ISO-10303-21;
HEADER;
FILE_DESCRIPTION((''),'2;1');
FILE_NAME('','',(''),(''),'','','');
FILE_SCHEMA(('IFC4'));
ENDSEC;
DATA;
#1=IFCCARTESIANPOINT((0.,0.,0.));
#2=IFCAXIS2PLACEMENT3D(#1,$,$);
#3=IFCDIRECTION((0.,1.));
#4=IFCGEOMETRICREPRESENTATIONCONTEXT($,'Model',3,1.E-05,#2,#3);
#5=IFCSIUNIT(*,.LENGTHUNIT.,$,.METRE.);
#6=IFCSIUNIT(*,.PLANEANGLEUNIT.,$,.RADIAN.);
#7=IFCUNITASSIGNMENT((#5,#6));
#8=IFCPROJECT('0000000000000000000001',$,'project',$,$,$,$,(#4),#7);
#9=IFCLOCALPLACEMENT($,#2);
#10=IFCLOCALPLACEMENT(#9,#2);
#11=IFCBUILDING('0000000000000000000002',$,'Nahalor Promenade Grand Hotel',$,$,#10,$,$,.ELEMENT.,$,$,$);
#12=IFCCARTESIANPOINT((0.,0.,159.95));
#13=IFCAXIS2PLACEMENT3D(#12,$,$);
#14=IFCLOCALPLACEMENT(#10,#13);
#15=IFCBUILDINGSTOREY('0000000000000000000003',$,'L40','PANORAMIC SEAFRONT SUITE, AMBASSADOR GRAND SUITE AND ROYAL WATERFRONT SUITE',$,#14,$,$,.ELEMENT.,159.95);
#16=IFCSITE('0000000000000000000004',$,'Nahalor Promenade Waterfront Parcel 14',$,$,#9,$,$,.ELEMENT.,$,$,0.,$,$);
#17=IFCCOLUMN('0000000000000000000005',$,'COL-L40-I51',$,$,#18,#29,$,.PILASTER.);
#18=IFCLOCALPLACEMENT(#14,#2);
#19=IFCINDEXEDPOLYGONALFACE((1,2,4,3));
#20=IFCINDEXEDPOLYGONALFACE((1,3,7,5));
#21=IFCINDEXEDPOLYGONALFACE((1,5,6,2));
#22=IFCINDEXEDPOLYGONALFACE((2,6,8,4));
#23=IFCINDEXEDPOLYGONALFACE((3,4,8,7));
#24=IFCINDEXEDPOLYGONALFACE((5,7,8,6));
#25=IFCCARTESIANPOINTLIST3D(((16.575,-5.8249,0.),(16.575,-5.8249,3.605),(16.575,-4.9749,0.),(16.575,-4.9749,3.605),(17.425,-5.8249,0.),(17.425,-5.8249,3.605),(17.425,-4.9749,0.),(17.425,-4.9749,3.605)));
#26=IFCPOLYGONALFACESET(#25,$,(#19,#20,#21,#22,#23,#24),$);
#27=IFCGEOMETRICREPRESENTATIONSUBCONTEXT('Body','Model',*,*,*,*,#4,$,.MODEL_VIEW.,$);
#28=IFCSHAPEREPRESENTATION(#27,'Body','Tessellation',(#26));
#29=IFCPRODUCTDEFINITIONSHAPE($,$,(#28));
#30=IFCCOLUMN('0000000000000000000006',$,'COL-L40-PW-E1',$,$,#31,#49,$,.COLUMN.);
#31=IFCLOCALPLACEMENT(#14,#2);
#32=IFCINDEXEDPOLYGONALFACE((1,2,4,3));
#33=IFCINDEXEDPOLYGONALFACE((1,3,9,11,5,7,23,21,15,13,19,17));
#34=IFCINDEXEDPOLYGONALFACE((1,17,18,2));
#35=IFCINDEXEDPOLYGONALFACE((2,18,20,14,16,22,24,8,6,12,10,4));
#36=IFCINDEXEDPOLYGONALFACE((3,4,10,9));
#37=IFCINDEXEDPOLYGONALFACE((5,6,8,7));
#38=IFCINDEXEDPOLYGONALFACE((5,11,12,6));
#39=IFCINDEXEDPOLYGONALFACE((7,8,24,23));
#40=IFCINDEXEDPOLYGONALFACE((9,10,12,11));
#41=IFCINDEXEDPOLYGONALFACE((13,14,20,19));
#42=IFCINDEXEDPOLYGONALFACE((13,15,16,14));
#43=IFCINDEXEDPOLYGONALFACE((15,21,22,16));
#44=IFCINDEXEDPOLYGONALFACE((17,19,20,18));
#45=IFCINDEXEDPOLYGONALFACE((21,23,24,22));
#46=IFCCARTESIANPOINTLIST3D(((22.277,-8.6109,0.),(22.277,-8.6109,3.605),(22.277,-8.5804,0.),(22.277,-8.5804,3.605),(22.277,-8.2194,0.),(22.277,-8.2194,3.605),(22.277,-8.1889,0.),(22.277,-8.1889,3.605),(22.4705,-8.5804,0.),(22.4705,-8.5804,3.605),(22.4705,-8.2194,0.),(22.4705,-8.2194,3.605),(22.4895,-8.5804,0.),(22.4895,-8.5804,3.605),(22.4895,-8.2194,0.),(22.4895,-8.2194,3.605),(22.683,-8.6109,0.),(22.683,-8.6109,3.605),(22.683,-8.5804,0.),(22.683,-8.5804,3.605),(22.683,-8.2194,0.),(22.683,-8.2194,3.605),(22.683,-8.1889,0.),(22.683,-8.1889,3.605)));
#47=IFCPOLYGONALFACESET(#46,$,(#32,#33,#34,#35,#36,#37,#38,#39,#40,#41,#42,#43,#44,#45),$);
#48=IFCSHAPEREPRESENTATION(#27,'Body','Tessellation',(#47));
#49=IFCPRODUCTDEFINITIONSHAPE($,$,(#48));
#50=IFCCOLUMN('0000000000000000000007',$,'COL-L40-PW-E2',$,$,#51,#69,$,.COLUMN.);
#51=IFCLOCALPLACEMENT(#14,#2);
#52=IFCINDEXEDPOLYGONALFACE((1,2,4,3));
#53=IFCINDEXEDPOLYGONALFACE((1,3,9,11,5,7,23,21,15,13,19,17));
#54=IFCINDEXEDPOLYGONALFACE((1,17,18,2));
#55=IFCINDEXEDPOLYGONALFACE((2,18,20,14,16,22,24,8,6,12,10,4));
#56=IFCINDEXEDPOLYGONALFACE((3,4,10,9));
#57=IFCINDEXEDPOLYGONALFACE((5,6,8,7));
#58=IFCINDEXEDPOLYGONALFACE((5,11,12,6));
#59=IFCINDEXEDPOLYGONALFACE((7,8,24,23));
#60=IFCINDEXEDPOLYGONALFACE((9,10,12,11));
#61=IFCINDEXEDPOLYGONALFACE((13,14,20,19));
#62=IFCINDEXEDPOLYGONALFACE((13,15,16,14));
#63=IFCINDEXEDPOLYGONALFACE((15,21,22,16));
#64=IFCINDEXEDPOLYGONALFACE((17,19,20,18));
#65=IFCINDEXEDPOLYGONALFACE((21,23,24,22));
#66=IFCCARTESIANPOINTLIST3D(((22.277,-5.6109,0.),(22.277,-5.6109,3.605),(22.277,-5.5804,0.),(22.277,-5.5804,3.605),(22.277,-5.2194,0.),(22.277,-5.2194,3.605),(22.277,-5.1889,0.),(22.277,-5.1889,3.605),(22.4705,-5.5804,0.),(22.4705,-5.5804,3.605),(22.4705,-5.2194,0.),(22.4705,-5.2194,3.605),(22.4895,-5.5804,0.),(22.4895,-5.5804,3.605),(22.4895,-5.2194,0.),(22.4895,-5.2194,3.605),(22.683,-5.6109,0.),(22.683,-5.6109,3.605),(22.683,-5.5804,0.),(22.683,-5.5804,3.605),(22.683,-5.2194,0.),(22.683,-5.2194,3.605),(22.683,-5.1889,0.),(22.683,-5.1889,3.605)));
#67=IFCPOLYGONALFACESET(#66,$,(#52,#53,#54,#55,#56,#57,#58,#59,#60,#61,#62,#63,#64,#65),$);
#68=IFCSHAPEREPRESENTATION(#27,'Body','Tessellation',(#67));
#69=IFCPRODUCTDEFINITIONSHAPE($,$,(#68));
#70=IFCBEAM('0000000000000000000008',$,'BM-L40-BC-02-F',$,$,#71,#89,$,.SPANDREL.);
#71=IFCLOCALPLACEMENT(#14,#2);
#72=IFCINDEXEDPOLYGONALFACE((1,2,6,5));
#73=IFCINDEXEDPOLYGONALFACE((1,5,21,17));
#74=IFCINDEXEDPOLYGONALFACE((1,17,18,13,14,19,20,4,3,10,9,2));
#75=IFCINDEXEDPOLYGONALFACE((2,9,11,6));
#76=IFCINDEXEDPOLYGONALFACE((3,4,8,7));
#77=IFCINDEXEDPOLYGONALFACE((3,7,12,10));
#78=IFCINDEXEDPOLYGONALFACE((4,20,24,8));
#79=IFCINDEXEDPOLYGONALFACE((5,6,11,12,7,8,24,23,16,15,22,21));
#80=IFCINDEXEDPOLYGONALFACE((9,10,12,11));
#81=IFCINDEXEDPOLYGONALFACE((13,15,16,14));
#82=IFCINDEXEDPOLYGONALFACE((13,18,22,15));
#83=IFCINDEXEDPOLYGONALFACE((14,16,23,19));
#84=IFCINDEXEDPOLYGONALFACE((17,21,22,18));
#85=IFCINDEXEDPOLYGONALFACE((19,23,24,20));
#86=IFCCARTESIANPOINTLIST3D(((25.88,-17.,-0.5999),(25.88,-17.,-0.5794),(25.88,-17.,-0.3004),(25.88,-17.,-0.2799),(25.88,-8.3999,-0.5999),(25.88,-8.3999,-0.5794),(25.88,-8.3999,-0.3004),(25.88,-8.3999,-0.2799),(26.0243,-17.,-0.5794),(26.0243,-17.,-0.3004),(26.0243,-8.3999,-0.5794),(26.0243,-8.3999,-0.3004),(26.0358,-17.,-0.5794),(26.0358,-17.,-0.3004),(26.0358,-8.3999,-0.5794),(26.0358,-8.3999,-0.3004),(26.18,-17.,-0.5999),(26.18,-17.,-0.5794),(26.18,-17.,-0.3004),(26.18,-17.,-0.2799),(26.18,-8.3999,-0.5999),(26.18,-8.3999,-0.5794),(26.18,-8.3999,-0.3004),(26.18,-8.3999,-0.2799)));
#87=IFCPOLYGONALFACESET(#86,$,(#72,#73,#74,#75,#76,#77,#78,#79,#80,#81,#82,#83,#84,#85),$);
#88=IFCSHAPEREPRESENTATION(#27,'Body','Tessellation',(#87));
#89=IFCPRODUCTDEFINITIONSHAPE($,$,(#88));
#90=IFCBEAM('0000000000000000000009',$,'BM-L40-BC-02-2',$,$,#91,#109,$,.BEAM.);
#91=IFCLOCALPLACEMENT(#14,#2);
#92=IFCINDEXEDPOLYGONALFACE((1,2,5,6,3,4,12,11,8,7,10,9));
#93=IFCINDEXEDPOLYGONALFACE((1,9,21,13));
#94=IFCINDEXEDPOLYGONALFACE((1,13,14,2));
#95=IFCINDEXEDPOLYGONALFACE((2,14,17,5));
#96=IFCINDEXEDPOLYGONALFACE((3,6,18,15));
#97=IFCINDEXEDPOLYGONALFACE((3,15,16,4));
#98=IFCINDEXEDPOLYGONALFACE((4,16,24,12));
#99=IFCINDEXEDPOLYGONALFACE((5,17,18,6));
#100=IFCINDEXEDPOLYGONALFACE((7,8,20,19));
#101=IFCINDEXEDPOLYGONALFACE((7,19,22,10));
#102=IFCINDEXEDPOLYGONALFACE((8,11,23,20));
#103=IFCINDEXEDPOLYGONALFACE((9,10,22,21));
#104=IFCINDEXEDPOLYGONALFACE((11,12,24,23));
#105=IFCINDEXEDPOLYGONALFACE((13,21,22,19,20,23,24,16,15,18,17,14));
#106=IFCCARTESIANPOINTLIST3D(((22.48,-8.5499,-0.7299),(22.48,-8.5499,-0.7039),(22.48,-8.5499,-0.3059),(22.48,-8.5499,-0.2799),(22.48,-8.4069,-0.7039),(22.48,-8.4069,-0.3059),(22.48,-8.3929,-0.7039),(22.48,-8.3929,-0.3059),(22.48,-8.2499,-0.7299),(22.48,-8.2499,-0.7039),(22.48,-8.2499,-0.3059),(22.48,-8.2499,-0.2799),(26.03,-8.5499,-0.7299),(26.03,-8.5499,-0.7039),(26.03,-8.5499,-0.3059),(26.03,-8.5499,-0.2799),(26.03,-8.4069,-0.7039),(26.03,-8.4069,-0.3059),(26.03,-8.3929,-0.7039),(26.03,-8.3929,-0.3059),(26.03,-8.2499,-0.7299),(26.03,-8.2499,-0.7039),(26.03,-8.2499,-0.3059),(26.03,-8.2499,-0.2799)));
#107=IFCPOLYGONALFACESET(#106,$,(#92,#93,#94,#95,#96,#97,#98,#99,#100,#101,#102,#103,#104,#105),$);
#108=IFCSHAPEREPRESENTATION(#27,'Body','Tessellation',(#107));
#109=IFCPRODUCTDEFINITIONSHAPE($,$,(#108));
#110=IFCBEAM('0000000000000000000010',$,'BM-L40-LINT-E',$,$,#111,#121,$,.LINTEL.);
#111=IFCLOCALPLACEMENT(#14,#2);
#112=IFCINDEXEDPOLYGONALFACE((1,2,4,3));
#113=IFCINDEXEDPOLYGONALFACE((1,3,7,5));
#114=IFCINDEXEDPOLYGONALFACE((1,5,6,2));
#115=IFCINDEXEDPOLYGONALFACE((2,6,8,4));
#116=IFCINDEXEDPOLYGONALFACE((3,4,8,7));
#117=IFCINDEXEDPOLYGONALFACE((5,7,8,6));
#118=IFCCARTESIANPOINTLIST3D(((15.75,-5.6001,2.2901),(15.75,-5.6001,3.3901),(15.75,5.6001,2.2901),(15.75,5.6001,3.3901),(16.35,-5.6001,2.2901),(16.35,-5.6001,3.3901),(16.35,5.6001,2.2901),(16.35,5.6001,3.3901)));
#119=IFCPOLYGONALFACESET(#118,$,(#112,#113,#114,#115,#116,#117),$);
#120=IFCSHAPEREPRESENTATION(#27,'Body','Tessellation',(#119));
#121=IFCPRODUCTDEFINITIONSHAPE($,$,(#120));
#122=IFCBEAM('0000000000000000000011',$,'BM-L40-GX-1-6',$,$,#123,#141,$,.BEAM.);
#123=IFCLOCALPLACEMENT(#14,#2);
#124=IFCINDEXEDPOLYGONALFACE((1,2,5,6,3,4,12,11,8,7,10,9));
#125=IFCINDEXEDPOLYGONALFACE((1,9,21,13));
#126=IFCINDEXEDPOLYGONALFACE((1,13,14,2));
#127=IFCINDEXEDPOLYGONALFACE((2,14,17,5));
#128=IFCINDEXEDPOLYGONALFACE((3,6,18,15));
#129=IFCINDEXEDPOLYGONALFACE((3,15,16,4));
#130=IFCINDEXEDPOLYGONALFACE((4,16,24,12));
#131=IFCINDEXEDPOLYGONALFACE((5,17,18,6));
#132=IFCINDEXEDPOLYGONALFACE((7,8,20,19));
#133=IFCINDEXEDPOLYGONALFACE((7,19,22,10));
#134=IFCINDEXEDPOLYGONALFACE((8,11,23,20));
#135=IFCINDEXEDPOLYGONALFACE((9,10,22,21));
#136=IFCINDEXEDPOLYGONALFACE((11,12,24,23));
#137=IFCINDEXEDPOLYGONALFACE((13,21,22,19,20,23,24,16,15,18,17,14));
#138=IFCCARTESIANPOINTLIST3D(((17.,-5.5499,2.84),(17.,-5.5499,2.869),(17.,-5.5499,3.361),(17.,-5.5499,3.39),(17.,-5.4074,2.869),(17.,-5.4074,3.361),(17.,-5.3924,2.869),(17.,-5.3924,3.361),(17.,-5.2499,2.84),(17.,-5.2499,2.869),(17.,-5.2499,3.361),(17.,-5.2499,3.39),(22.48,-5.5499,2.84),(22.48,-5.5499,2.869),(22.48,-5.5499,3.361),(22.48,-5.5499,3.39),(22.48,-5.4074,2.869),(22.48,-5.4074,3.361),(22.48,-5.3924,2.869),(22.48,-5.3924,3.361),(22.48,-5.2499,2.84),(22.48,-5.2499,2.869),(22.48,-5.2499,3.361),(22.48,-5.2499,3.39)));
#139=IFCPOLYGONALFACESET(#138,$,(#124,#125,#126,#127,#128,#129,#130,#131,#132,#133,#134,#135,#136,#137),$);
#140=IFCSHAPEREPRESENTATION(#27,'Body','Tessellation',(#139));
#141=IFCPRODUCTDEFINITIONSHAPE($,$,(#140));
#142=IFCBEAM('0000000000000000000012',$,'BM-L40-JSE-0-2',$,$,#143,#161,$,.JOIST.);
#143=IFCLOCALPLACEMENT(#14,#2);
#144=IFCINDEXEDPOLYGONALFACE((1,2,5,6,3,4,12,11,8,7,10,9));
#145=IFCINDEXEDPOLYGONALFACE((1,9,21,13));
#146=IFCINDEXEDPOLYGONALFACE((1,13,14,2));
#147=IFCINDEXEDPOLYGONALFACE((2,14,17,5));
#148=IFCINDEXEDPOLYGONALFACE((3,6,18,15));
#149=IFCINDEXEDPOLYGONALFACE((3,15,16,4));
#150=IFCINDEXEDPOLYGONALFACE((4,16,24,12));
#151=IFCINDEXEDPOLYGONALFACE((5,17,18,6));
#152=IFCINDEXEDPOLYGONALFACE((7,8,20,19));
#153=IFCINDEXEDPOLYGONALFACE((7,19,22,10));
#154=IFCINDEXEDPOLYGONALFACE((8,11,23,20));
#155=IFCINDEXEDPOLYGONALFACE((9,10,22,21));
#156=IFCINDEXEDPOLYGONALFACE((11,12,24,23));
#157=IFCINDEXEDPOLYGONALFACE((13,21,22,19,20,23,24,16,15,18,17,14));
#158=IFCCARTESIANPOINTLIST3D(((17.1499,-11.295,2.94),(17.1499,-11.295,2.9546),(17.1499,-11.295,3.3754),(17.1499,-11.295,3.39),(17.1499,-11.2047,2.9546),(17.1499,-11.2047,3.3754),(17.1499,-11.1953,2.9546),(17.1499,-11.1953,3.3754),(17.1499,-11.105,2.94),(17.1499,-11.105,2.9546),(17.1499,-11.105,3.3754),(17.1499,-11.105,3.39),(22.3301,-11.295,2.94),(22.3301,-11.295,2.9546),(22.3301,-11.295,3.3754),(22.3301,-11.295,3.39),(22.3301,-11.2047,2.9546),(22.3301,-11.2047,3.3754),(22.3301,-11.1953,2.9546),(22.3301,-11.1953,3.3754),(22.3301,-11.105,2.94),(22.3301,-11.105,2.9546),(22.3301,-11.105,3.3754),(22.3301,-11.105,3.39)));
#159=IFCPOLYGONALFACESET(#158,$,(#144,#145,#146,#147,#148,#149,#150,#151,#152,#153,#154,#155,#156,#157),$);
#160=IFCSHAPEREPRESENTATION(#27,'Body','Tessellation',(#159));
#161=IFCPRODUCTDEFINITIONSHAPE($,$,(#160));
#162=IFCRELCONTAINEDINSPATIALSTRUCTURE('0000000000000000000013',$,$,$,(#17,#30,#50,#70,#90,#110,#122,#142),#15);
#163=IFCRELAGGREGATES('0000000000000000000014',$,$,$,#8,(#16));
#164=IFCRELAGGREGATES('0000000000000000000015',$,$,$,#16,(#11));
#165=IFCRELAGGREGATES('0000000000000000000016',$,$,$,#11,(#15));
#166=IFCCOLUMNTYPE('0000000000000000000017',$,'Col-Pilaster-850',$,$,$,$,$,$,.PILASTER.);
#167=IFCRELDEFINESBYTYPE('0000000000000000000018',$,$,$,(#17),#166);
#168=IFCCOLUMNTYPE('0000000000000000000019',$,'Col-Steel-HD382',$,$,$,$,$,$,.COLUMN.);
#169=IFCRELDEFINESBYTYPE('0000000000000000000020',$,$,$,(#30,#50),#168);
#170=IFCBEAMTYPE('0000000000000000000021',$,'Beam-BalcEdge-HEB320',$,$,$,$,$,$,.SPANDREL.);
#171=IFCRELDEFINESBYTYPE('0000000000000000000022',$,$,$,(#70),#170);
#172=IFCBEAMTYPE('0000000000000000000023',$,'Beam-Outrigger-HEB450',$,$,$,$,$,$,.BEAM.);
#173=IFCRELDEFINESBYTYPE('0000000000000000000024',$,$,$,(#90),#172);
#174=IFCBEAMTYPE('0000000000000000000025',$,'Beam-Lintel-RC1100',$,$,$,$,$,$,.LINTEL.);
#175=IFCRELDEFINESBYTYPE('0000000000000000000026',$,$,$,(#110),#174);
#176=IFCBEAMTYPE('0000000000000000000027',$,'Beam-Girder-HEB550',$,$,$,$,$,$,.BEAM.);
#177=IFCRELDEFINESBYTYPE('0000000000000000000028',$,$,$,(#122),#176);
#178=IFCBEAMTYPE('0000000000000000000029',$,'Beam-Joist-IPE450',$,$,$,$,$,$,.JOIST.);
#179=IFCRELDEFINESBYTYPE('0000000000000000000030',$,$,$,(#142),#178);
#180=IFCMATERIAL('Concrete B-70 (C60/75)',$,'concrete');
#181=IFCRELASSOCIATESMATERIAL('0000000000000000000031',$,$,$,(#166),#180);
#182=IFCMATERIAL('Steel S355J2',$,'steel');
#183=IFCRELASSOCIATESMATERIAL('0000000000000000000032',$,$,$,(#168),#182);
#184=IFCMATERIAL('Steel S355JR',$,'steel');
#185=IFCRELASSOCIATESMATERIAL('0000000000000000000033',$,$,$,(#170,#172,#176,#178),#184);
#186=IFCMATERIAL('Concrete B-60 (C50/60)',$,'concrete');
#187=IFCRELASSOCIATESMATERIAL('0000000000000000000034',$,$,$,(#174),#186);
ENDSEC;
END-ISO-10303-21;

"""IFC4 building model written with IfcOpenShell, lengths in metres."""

from ifc_helpers import new_model, si_unit, direction, frame, origin, origin_2d, place, context, subcontext, project, spatial, rectangle, i_section, extrude, source, transform, mapped, material, material_profile, profile_set, type_object, element, save


model = new_model("IFC4")

# Units and contexts
model_context = context("Model", 3, precision=1e-05, world=origin(), true_north=direction((0.0, 1.0)))
body_context = subcontext(model_context, "Body", "Model", "MODEL_VIEW")
ifc_project = project(units=[si_unit("LENGTHUNIT", "METRE"), si_unit("PLANEANGLEUNIT", "RADIAN")], contexts=[model_context])

# Site, building, storey
site_placement = place(None, origin())
site = spatial("IfcSite", under=ifc_project, at=site_placement, Name="Nahalor Promenade Waterfront Parcel 14", CompositionType="ELEMENT", RefElevation=0.0)
building_placement = place(site_placement, origin())
building = spatial("IfcBuilding", under=site, at=building_placement, Name="Nahalor Promenade Grand Hotel", CompositionType="ELEMENT")
storey_placement = place(building_placement, frame((0.0, 0.0, 159.95)))
storey = spatial("IfcBuildingStorey", under=building, at=storey_placement, Name="L40", Description="PANORAMIC SEAFRONT SUITE, AMBASSADOR GRAND SUITE AND ROYAL WATERFRONT SUITE", CompositionType="ELEMENT", Elevation=159.95)

# Columns
ifc_material_1 = material(Name="Concrete B-70 (C60/75)", Category="concrete")
ifc_material_profile_1 = material_profile(ifc_material_1, rectangle(XDim=0.85, YDim=0.85, at=origin_2d()), Name="RC 850x850")
ifc_profile_set_1 = profile_set([ifc_material_profile_1], Name="Concrete B-70 (C60/75)")
column_type_1 = type_object("IfcColumnType", Name="Col-Pilaster-850", PredefinedType="PILASTER", material=ifc_profile_set_1)
shared_shape_1 = source(origin(), body_context, "Body", "SweptSolid", [
    extrude(rectangle(XDim=0.85, YDim=0.85, at=origin_2d()), origin(), (0.0, 0.0, 1.0), 3.605),
])
column_placement = place(storey_placement, frame((17.0, -5.3999, 0.0), z_axis=(0.0, 0.0, 1.0), x_axis=(1.0, 0.0, 0.0)))
element("IfcColumn", 1, at=column_placement, inside=storey, type_object=column_type_1, Name="COL-L40-I51", PredefinedType="PILASTER", context=body_context, shape_type="MappedRepresentation", body=[
    mapped(shared_shape_1, transform((0.0, 0.0, 0.0), scale=1.0)),
])
ifc_material_2 = material(Name="Steel S355J2", Category="steel")
ifc_material_profile_2 = material_profile(ifc_material_2, i_section(OverallWidth=0.406, OverallDepth=0.422, WebThickness=0.019, FlangeThickness=0.0305, at=origin_2d()), Name="HD 400x382")
ifc_profile_set_2 = profile_set([ifc_material_profile_2], Name="Steel S355J2")
column_type_2 = type_object("IfcColumnType", Name="Col-Steel-HD382", PredefinedType="COLUMN", material=ifc_profile_set_2)
shared_shape_2 = source(origin(), body_context, "Body", "SweptSolid", [
    extrude(i_section(OverallWidth=0.406, OverallDepth=0.422, WebThickness=0.019, FlangeThickness=0.0305, at=origin_2d()), origin(), (0.0, 0.0, 1.0), 3.605),
])
for number, where, z_axis, x_axis, name in (
    (2, (22.48, -8.3999, 0.0), (0.0, 0.0, 1.0), (1.0, 0.0, 0.0), "COL-L40-PW-E1"),
    (3, (22.48, -5.3999, 0.0), (0.0, 0.0, 1.0), (1.0, 0.0, 0.0), "COL-L40-PW-E2"),
):
    element("IfcColumn", number, at=place(storey_placement, frame(where, z_axis=z_axis, x_axis=x_axis)), inside=storey, type_object=column_type_2, Name=name, PredefinedType="COLUMN", context=body_context, shape_type="MappedRepresentation", body=[
        mapped(shared_shape_2, transform((0.0, 0.0, 0.0), scale=1.0)),
    ])

# Beams
ifc_material_3 = material(Name="Steel S355JR", Category="steel")
ifc_material_profile_3 = material_profile(ifc_material_3, i_section(OverallWidth=0.3, OverallDepth=0.32, WebThickness=0.0115, FlangeThickness=0.0205, at=origin_2d()), Name="HEB 320")
ifc_profile_set_3 = profile_set([ifc_material_profile_3], Name="Steel S355JR")
beam_type_1 = type_object("IfcBeamType", Name="Beam-BalcEdge-HEB320", PredefinedType="SPANDREL", material=ifc_profile_set_3)
shared_shape_3 = source(origin(), body_context, "Body", "SweptSolid", [
    extrude(i_section(OverallWidth=0.3, OverallDepth=0.32, WebThickness=0.0115, FlangeThickness=0.0205, at=origin_2d()), origin(), (0.0, 0.0, 1.0), 8.6001),
])
beam_1_placement = place(storey_placement, frame((26.03, -17.0, -0.4399), z_axis=(0.0, 1.0, 0.0), x_axis=(-1.0, 0.0, 0.0)))
element("IfcBeam", 4, at=beam_1_placement, inside=storey, type_object=beam_type_1, Name="BM-L40-BC-02-F", PredefinedType="SPANDREL", context=body_context, shape_type="MappedRepresentation", body=[
    mapped(shared_shape_3, transform((0.0, 0.0, 0.0), scale=1.0)),
])
ifc_material_profile_4 = material_profile(ifc_material_3, i_section(OverallWidth=0.3, OverallDepth=0.45, WebThickness=0.014, FlangeThickness=0.026, at=origin_2d()), Name="HEB 450")
ifc_profile_set_4 = profile_set([ifc_material_profile_4], Name="Steel S355JR")
beam_type_2 = type_object("IfcBeamType", Name="Beam-Outrigger-HEB450", PredefinedType="BEAM", material=ifc_profile_set_4)
shared_shape_4 = source(origin(), body_context, "Body", "SweptSolid", [
    extrude(i_section(OverallWidth=0.3, OverallDepth=0.45, WebThickness=0.014, FlangeThickness=0.026, at=origin_2d()), origin(), (0.0, 0.0, 1.0), 3.55),
])
beam_2_placement = place(storey_placement, frame((22.48, -8.3999, -0.5049), z_axis=(1.0, 0.0, 0.0), x_axis=(0.0, 1.0, 0.0)))
element("IfcBeam", 5, at=beam_2_placement, inside=storey, type_object=beam_type_2, Name="BM-L40-BC-02-2", PredefinedType="BEAM", context=body_context, shape_type="MappedRepresentation", body=[
    mapped(shared_shape_4, transform((0.0, 0.0, 0.0), scale=1.0)),
])
ifc_material_4 = material(Name="Concrete B-60 (C50/60)", Category="concrete")
ifc_material_profile_5 = material_profile(ifc_material_4, rectangle(XDim=0.6, YDim=1.1, at=origin_2d()), Name="RC 600x1100")
ifc_profile_set_5 = profile_set([ifc_material_profile_5], Name="Concrete B-60 (C50/60)")
beam_type_3 = type_object("IfcBeamType", Name="Beam-Lintel-RC1100", PredefinedType="LINTEL", material=ifc_profile_set_5)
shared_shape_5 = source(origin(), body_context, "Body", "SweptSolid", [
    extrude(rectangle(XDim=0.6, YDim=1.1, at=origin_2d()), origin(), (0.0, 0.0, 1.0), 11.2002),
])
beam_3_placement = place(storey_placement, frame((16.05, -5.6001, 2.8401), z_axis=(0.0, 1.0, 0.0), x_axis=(-1.0, 0.0, 0.0)))
element("IfcBeam", 6, at=beam_3_placement, inside=storey, type_object=beam_type_3, Name="BM-L40-LINT-E", PredefinedType="LINTEL", context=body_context, shape_type="MappedRepresentation", body=[
    mapped(shared_shape_5, transform((0.0, 0.0, 0.0), scale=1.0)),
])
ifc_material_profile_6 = material_profile(ifc_material_3, i_section(OverallWidth=0.3, OverallDepth=0.55, WebThickness=0.015, FlangeThickness=0.029, at=origin_2d()), Name="HEB 550")
ifc_profile_set_6 = profile_set([ifc_material_profile_6], Name="Steel S355JR")
beam_type_4 = type_object("IfcBeamType", Name="Beam-Girder-HEB550", PredefinedType="BEAM", material=ifc_profile_set_6)
shared_shape_6 = source(origin(), body_context, "Body", "SweptSolid", [
    extrude(i_section(OverallWidth=0.3, OverallDepth=0.55, WebThickness=0.015, FlangeThickness=0.029, at=origin_2d()), origin(), (0.0, 0.0, 1.0), 5.48),
])
beam_4_placement = place(storey_placement, frame((17.0, -5.3999, 3.115), z_axis=(1.0, 0.0, 0.0), x_axis=(0.0, 1.0, 0.0)))
element("IfcBeam", 7, at=beam_4_placement, inside=storey, type_object=beam_type_4, Name="BM-L40-GX-1-6", PredefinedType="BEAM", context=body_context, shape_type="MappedRepresentation", body=[
    mapped(shared_shape_6, transform((0.0, 0.0, 0.0), scale=1.0)),
])
ifc_material_profile_7 = material_profile(ifc_material_3, i_section(OverallWidth=0.19, OverallDepth=0.45, WebThickness=0.0094, FlangeThickness=0.0146, at=origin_2d()), Name="IPE 450")
ifc_profile_set_7 = profile_set([ifc_material_profile_7], Name="Steel S355JR")
beam_type_5 = type_object("IfcBeamType", Name="Beam-Joist-IPE450", PredefinedType="JOIST", material=ifc_profile_set_7)
shared_shape_7 = source(origin(), body_context, "Body", "SweptSolid", [
    extrude(i_section(OverallWidth=0.19, OverallDepth=0.45, WebThickness=0.0094, FlangeThickness=0.0146, at=origin_2d()), origin(), (0.0, 0.0, 1.0), 5.1802),
])
beam_5_placement = place(storey_placement, frame((17.1499, -11.2, 3.165), z_axis=(1.0, 0.0, 0.0), x_axis=(0.0, 1.0, 0.0)))
element("IfcBeam", 8, at=beam_5_placement, inside=storey, type_object=beam_type_5, Name="BM-L40-JSE-0-2", PredefinedType="JOIST", context=body_context, shape_type="MappedRepresentation", body=[
    mapped(shared_shape_7, transform((0.0, 0.0, 0.0), scale=1.0)),
])

save(model, "model.ifc")
